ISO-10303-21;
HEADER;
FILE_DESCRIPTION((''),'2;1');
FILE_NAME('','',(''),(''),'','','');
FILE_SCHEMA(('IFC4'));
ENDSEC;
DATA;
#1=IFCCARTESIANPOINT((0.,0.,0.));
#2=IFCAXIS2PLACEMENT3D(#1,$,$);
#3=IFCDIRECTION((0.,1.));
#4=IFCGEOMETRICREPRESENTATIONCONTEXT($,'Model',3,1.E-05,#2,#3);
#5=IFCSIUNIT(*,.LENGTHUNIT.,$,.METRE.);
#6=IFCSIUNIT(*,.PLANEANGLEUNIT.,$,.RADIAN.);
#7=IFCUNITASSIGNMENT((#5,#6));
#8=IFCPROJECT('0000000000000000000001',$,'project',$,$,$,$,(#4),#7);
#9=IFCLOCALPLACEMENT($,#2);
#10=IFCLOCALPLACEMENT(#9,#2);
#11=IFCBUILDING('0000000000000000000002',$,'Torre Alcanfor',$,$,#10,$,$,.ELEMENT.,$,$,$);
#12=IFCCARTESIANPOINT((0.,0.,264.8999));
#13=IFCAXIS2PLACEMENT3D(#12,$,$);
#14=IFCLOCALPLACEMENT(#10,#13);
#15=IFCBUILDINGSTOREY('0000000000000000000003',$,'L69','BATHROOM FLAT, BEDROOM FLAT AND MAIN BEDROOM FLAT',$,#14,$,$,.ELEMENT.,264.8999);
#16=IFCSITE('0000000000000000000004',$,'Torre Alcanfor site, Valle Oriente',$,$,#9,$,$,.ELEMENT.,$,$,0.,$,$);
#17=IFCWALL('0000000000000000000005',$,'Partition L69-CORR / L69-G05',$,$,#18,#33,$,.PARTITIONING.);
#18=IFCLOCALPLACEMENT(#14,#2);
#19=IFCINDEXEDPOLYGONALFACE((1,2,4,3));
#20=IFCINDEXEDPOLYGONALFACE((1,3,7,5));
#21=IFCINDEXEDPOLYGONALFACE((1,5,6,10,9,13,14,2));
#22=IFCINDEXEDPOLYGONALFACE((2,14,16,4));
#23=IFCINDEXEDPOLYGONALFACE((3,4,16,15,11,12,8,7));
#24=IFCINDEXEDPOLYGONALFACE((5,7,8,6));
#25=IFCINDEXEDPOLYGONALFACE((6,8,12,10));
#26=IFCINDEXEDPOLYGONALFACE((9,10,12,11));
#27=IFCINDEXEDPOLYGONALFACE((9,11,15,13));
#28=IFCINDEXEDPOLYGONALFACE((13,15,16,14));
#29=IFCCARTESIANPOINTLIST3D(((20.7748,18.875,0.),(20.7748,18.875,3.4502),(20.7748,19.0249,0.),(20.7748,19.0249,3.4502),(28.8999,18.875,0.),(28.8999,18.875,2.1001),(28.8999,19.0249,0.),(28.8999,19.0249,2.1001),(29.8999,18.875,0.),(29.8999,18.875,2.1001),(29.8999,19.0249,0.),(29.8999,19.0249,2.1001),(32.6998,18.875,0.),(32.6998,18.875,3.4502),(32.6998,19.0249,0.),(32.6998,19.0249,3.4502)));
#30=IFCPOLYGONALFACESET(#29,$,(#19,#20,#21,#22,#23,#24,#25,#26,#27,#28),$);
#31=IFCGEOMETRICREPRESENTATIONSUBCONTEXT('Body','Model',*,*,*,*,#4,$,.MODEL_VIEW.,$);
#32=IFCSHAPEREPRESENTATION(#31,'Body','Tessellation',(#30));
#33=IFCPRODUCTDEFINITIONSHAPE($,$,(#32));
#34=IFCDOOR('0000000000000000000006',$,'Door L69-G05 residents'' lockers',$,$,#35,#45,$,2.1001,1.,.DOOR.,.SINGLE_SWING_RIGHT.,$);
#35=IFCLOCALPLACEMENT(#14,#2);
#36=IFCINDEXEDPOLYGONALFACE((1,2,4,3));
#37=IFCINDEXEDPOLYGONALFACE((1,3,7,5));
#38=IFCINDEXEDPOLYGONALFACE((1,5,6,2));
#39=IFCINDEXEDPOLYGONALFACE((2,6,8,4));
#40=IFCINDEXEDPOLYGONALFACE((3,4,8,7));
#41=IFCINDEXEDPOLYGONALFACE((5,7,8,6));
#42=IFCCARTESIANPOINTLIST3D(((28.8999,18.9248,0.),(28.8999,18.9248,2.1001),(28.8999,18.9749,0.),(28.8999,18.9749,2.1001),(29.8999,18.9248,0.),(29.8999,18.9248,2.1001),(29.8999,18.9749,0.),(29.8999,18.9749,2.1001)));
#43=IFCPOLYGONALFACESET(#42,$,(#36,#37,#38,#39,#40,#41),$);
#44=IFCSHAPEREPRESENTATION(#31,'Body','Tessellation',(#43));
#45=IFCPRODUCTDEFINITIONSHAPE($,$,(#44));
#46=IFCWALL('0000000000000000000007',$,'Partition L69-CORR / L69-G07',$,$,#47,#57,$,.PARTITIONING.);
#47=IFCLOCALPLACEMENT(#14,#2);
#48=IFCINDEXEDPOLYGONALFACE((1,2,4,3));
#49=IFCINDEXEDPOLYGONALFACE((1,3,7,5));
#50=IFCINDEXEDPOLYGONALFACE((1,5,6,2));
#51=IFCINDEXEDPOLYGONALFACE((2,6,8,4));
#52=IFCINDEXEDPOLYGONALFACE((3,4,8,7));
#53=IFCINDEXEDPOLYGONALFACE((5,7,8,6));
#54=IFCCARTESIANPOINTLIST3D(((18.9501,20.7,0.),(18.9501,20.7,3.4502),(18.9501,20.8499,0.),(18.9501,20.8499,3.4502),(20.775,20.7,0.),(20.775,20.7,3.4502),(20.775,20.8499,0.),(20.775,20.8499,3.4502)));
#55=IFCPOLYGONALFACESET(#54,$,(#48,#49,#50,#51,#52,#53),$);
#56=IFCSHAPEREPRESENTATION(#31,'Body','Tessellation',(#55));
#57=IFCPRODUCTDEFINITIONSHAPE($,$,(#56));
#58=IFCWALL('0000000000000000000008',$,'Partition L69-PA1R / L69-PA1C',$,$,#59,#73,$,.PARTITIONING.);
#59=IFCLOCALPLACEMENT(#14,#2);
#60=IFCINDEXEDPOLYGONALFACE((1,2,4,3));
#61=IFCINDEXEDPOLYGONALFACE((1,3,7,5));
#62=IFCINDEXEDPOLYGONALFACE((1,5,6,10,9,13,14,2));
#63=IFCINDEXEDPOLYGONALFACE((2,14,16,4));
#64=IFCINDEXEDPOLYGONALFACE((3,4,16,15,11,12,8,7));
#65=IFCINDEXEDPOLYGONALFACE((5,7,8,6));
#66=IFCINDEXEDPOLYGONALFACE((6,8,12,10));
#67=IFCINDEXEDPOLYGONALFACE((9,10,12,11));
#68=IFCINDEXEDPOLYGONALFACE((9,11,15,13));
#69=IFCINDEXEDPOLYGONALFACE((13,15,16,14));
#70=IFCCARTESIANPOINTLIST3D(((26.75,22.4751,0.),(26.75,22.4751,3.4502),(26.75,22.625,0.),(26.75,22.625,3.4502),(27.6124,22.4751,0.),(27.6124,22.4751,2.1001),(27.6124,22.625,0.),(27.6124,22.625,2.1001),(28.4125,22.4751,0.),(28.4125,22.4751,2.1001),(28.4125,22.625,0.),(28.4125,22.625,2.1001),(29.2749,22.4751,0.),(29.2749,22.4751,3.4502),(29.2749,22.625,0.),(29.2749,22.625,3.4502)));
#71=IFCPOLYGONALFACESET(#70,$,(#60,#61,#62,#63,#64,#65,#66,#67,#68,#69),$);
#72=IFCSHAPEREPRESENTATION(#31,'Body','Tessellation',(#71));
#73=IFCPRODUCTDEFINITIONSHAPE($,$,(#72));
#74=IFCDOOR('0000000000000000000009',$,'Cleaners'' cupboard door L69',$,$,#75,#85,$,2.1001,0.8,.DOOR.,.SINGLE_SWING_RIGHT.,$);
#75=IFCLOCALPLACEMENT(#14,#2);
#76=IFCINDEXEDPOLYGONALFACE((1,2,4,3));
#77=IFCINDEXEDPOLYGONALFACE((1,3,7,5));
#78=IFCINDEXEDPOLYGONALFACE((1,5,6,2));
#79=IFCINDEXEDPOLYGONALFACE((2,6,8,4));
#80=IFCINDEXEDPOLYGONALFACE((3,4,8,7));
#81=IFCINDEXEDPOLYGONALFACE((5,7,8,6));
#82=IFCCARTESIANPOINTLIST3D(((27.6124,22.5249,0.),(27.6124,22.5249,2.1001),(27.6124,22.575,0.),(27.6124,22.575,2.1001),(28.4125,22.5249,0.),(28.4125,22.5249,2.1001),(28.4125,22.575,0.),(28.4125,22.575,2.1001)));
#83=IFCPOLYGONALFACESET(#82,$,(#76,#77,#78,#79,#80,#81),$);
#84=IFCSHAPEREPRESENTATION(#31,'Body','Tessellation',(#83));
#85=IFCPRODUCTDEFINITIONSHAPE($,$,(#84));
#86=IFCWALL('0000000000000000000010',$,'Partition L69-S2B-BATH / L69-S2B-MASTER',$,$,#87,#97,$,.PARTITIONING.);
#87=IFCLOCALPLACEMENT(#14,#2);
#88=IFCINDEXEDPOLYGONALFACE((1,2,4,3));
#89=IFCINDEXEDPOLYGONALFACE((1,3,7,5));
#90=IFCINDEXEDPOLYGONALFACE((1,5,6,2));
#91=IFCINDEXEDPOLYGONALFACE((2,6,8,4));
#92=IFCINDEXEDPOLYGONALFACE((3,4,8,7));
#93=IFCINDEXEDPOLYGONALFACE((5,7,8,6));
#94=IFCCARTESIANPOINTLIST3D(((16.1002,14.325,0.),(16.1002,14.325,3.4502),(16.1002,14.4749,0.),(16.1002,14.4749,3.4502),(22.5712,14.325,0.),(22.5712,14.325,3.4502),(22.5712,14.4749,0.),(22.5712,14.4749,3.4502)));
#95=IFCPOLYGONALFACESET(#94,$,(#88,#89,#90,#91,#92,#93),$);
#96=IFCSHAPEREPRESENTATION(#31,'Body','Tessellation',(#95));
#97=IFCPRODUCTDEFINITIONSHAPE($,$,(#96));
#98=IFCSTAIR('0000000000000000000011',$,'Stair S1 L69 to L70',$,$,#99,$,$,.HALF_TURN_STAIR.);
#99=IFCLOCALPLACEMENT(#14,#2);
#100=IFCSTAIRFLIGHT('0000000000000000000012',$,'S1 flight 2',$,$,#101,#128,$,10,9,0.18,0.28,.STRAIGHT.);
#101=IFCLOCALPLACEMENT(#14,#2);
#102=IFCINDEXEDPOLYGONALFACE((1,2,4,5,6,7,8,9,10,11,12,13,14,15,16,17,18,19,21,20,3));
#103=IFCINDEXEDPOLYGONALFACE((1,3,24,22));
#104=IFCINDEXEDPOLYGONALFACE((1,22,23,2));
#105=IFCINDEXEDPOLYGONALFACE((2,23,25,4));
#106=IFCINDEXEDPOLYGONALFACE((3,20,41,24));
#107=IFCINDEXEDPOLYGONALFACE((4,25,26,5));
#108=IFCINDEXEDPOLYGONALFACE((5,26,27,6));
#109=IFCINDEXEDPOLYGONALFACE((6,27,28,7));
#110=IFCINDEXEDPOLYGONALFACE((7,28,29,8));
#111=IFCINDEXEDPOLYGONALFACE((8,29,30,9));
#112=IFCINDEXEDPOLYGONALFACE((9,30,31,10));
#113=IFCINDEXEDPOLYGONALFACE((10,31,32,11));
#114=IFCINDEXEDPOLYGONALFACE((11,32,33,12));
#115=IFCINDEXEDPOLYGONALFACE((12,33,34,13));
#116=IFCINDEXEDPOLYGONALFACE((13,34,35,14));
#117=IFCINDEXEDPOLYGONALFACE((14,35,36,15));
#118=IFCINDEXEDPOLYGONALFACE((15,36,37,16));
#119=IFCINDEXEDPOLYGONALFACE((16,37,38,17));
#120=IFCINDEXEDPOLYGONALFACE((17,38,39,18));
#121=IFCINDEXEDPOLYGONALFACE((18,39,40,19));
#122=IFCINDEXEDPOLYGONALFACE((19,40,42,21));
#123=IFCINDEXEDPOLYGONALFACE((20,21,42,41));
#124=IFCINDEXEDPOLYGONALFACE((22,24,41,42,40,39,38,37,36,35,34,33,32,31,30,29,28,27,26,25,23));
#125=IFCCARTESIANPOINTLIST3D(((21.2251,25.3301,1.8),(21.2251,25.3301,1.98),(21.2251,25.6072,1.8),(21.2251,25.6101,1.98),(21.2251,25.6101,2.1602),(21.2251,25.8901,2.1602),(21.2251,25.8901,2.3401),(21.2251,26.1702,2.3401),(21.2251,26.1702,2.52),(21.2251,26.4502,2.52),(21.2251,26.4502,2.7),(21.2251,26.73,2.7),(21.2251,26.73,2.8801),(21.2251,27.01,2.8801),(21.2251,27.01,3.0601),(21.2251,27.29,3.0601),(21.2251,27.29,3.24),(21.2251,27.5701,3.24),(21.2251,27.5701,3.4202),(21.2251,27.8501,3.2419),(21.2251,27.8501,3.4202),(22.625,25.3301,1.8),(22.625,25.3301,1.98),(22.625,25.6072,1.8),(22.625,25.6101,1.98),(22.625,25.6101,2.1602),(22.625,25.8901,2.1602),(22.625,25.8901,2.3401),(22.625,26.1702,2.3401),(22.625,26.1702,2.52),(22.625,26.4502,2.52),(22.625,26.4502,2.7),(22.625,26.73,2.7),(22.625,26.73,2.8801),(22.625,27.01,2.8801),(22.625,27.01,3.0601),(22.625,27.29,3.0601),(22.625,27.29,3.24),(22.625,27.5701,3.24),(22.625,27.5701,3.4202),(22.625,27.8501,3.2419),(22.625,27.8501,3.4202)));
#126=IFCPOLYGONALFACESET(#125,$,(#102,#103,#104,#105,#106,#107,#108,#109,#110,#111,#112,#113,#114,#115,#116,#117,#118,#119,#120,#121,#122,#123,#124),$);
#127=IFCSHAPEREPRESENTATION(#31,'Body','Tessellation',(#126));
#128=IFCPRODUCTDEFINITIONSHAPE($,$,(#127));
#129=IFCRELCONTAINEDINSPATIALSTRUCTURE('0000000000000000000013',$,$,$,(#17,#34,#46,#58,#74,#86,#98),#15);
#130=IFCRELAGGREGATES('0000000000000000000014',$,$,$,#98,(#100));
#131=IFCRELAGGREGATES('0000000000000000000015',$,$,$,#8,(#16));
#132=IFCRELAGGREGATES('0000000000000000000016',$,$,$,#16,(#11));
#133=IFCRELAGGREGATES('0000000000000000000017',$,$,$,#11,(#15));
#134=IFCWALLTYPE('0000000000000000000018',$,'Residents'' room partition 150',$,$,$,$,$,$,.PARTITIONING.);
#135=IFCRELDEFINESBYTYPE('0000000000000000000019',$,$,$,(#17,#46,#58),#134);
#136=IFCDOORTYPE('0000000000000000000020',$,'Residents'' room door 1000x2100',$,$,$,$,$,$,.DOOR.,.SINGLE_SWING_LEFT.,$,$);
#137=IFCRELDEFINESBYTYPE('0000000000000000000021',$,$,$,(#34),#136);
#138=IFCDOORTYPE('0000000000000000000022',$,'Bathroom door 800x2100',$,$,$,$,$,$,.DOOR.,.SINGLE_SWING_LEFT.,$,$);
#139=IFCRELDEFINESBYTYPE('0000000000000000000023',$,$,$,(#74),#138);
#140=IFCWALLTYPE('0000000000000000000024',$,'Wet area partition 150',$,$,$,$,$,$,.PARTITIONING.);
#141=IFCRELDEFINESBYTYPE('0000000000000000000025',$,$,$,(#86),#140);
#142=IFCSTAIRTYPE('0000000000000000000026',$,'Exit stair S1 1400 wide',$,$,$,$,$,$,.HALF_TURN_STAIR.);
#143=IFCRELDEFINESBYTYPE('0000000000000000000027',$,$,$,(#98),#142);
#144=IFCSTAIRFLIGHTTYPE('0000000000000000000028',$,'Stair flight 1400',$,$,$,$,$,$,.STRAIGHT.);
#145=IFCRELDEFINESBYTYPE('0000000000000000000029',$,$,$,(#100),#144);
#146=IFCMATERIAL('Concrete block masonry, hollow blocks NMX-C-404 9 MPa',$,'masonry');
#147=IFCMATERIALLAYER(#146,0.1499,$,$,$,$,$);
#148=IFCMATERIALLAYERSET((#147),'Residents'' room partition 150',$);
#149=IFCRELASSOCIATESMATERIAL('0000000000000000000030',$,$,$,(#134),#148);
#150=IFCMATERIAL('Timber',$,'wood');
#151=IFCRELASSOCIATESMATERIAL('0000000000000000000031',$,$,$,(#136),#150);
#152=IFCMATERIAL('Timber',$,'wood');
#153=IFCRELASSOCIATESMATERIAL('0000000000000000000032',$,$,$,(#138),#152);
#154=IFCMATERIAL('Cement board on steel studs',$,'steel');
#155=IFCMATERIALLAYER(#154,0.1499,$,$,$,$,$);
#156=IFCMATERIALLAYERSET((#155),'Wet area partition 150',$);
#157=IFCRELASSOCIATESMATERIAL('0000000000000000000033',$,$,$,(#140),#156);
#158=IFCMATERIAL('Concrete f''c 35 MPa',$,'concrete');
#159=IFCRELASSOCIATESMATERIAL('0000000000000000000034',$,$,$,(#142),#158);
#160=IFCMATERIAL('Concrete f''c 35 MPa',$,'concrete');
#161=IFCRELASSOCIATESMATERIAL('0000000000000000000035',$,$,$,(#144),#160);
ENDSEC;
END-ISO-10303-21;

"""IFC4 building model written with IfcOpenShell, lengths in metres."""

from ifc_helpers import new_model, si_unit, direction, frame, frame_2d, origin, place, context, subcontext, project, spatial, polyline, rectangle, outline, extrude, material, layer, layer_set, type_object, element, fill, aggregate, save


model = new_model("IFC4")

# Units and contexts
model_context = context("Model", 3, precision=1e-05, world=origin(), true_north=direction((0.0, 1.0)))
body_context = subcontext(model_context, "Body", "Model", "MODEL_VIEW")
ifc_project = project(units=[si_unit("LENGTHUNIT", "METRE"), si_unit("PLANEANGLEUNIT", "RADIAN")], contexts=[model_context])

# Site, building, storey
site_placement = place(None, origin())
site = spatial("IfcSite", under=ifc_project, at=site_placement, Name="Torre Alcanfor site, Valle Oriente", CompositionType="ELEMENT", RefElevation=0.0)
building_placement = place(site_placement, origin())
building = spatial("IfcBuilding", under=site, at=building_placement, Name="Torre Alcanfor", CompositionType="ELEMENT")
storey_placement = place(building_placement, frame((0.0, 0.0, 264.8999)))
storey = spatial("IfcBuildingStorey", under=building, at=storey_placement, Name="L69", Description="BATHROOM FLAT, BEDROOM FLAT AND MAIN BEDROOM FLAT", CompositionType="ELEMENT", Elevation=264.8999)

# Shared definitions
ifc_material_1 = material(Name="Concrete block masonry, hollow blocks NMX-C-404 9 MPa", Category="masonry")
ifc_layer_1 = layer(ifc_material_1, 0.1499)
ifc_layer_set_1 = layer_set([ifc_layer_1], Name="Residents' room partition 150")
wall_type_1 = type_object("IfcWallType", Name="Residents' room partition 150", PredefinedType="PARTITIONING", material=ifc_layer_set_1)

# Wall, opening, door
wall_1_placement = place(storey_placement, frame((20.7749, 18.95, 0.0), z_axis=(0.0, 0.0, 1.0), x_axis=(1.0, 0.0, 0.0)))
wall_1 = element("IfcWall", 1, at=wall_1_placement, inside=storey, type_object=wall_type_1, Name="Partition L69-CORR / L69-G05", PredefinedType="PARTITIONING", context=body_context, shape_type="SweptSolid", body=[
    extrude(rectangle(XDim=11.925, YDim=0.1499, at=frame_2d((5.9624, 0.0))), origin(), (0.0, 0.0, 1.0), 3.4502),
])
opening_1_placement = place(wall_1_placement, frame((8.125, 0.0, 0.0)))
opening_1 = element("IfcOpeningElement", 2, at=opening_1_placement, cuts=wall_1, PredefinedType="OPENING", context=body_context, shape_type="SweptSolid", body=[
    extrude(rectangle(XDim=1.0, YDim=2.1001, at=frame_2d((0.5, 1.05))), frame((0.0, 0.085, 0.0), z_axis=(0.0, -1.0, 0.0), x_axis=(1.0, 0.0, 0.0)), (0.0, 0.0, 1.0), 0.1699),
])
ifc_material_2 = material(Name="Timber", Category="wood")
door_type_1 = type_object("IfcDoorType", Name="Residents' room door 1000x2100", OperationType="SINGLE_SWING_LEFT", PredefinedType="DOOR", material=ifc_material_2)
door_1_placement = place(opening_1_placement, origin())
door_1 = element("IfcDoor", 3, at=door_1_placement, inside=storey, type_object=door_type_1, Name="Door L69-G05 residents' lockers", OperationType="SINGLE_SWING_RIGHT", OverallHeight=2.1001, OverallWidth=1.0, PredefinedType="DOOR", context=body_context, shape_type="SweptSolid", body=[
    extrude(rectangle(XDim=1.0, YDim=2.1001, at=frame_2d((0.5, 1.05))), frame((0.0, 0.0249, 0.0), z_axis=(0.0, -1.0, 0.0), x_axis=(1.0, 0.0, 0.0)), (0.0, 0.0, 1.0), 0.05),
])
fill(opening_1, door_1)

# Wall
wall_2_placement = place(storey_placement, frame((18.95, 20.7749, 0.0), z_axis=(0.0, 0.0, 1.0), x_axis=(1.0, 0.0, 0.0)))
element("IfcWall", 4, at=wall_2_placement, inside=storey, type_object=wall_type_1, Name="Partition L69-CORR / L69-G07", PredefinedType="PARTITIONING", context=body_context, shape_type="SweptSolid", body=[
    extrude(rectangle(XDim=1.825, YDim=0.1499, at=frame_2d((0.9126, 0.0))), origin(), (0.0, 0.0, 1.0), 3.4502),
])

# Wall, opening, door
wall_3_placement = place(storey_placement, frame((26.75, 22.55, 0.0), z_axis=(0.0, 0.0, 1.0), x_axis=(1.0, 0.0, 0.0)))
wall_3 = element("IfcWall", 5, at=wall_3_placement, inside=storey, type_object=wall_type_1, Name="Partition L69-PA1R / L69-PA1C", PredefinedType="PARTITIONING", context=body_context, shape_type="SweptSolid", body=[
    extrude(rectangle(XDim=2.5249, YDim=0.1499, at=frame_2d((1.2625, 0.0))), origin(), (0.0, 0.0, 1.0), 3.4502),
])
opening_2_placement = place(wall_3_placement, frame((0.8625, 0.0, 0.0)))
opening_2 = element("IfcOpeningElement", 6, at=opening_2_placement, cuts=wall_3, PredefinedType="OPENING", context=body_context, shape_type="SweptSolid", body=[
    extrude(rectangle(XDim=0.8, YDim=2.1001, at=frame_2d((0.3999, 1.05))), frame((0.0, 0.085, 0.0), z_axis=(0.0, -1.0, 0.0), x_axis=(1.0, 0.0, 0.0)), (0.0, 0.0, 1.0), 0.1699),
])
ifc_material_3 = material(Name="Timber", Category="wood")
door_type_2 = type_object("IfcDoorType", Name="Bathroom door 800x2100", OperationType="SINGLE_SWING_LEFT", PredefinedType="DOOR", material=ifc_material_3)
door_2_placement = place(opening_2_placement, frame((0.8, 0.0, 0.0), z_axis=(0.0, 0.0, 1.0), x_axis=(-1.0, 0.0, 0.0)))
door_2 = element("IfcDoor", 7, at=door_2_placement, inside=storey, type_object=door_type_2, Name="Cleaners' cupboard door L69", OperationType="SINGLE_SWING_RIGHT", OverallHeight=2.1001, OverallWidth=0.8, PredefinedType="DOOR", context=body_context, shape_type="SweptSolid", body=[
    extrude(rectangle(XDim=0.8, YDim=2.1001, at=frame_2d((0.4001, 1.05))), frame((0.0, 0.0251, 0.0), z_axis=(0.0, -1.0, 0.0), x_axis=(1.0, 0.0, 0.0)), (0.0, 0.0, 1.0), 0.05),
])
fill(opening_2, door_2)

# Wall
ifc_material_4 = material(Name="Cement board on steel studs", Category="steel")
ifc_layer_2 = layer(ifc_material_4, 0.1499)
ifc_layer_set_2 = layer_set([ifc_layer_2], Name="Wet area partition 150")
wall_type_2 = type_object("IfcWallType", Name="Wet area partition 150", PredefinedType="PARTITIONING", material=ifc_layer_set_2)
wall_4_placement = place(storey_placement, frame((22.571, 14.3999, 0.0), z_axis=(0.0, 0.0, 1.0), x_axis=(-1.0, 0.0, 0.0)))
element("IfcWall", 8, at=wall_4_placement, inside=storey, type_object=wall_type_2, Name="Partition L69-S2B-BATH / L69-S2B-MASTER", PredefinedType="PARTITIONING", context=body_context, shape_type="SweptSolid", body=[
    extrude(rectangle(XDim=6.4709, YDim=0.1499, at=frame_2d((3.2354, 0.0))), origin(), (0.0, 0.0, 1.0), 3.4502),
])

# Stair, stair flight
ifc_material_5 = material(Name="Concrete f'c 35 MPa", Category="concrete")
stair_type = type_object("IfcStairType", Name="Exit stair S1 1400 wide", PredefinedType="HALF_TURN_STAIR", material=ifc_material_5)
stair_placement = place(storey_placement, origin())
stair = element("IfcStair", 9, at=stair_placement, inside=storey, type_object=stair_type, Name="Stair S1 L69 to L70", PredefinedType="HALF_TURN_STAIR")
ifc_material_6 = material(Name="Concrete f'c 35 MPa", Category="concrete")
stair_flight_type = type_object("IfcStairFlightType", Name="Stair flight 1400", PredefinedType="STRAIGHT", material=ifc_material_6)
stair_flight_placement = place(storey_placement, frame((21.925, 25.3301, 1.8), z_axis=(0.0, 0.0, 1.0), x_axis=(0.0, 1.0, 0.0)))
stair_flight = element("IfcStairFlight", 10, at=stair_flight_placement, type_object=stair_flight_type, Name="S1 flight 2", NumberOfRisers=10, NumberOfTreads=9, PredefinedType="STRAIGHT", RiserHeight=0.18, TreadLength=0.28, context=body_context, shape_type="SweptSolid", body=[
    extrude(outline(polyline([(0.0, 0.0), (0.0, 0.1799), (0.28, 0.1799), (0.28, 0.3601), (0.5601, 0.3601), (0.5601, 0.54), (0.8401, 0.54), (0.8401, 0.72), (1.1201, 0.72), (1.1201, 0.8999), (1.3999, 0.8999), (1.3999, 1.0801), (1.6799, 1.0801), (1.6799, 1.26), (1.96, 1.26), (1.96, 1.4399), (2.24, 1.4399), (2.24, 1.6201), (2.52, 1.6201), (2.52, 1.8), (2.52, 1.4419), (0.2771, 0.0), (0.0, 0.0)])), frame((0.0, 0.7, 0.0), z_axis=(0.0, -1.0, 0.0), x_axis=(1.0, 0.0, 0.0)), (0.0, 0.0, 1.0), 1.3999),
])
aggregate(stair, [stair_flight])

save(model, "model.ifc")
